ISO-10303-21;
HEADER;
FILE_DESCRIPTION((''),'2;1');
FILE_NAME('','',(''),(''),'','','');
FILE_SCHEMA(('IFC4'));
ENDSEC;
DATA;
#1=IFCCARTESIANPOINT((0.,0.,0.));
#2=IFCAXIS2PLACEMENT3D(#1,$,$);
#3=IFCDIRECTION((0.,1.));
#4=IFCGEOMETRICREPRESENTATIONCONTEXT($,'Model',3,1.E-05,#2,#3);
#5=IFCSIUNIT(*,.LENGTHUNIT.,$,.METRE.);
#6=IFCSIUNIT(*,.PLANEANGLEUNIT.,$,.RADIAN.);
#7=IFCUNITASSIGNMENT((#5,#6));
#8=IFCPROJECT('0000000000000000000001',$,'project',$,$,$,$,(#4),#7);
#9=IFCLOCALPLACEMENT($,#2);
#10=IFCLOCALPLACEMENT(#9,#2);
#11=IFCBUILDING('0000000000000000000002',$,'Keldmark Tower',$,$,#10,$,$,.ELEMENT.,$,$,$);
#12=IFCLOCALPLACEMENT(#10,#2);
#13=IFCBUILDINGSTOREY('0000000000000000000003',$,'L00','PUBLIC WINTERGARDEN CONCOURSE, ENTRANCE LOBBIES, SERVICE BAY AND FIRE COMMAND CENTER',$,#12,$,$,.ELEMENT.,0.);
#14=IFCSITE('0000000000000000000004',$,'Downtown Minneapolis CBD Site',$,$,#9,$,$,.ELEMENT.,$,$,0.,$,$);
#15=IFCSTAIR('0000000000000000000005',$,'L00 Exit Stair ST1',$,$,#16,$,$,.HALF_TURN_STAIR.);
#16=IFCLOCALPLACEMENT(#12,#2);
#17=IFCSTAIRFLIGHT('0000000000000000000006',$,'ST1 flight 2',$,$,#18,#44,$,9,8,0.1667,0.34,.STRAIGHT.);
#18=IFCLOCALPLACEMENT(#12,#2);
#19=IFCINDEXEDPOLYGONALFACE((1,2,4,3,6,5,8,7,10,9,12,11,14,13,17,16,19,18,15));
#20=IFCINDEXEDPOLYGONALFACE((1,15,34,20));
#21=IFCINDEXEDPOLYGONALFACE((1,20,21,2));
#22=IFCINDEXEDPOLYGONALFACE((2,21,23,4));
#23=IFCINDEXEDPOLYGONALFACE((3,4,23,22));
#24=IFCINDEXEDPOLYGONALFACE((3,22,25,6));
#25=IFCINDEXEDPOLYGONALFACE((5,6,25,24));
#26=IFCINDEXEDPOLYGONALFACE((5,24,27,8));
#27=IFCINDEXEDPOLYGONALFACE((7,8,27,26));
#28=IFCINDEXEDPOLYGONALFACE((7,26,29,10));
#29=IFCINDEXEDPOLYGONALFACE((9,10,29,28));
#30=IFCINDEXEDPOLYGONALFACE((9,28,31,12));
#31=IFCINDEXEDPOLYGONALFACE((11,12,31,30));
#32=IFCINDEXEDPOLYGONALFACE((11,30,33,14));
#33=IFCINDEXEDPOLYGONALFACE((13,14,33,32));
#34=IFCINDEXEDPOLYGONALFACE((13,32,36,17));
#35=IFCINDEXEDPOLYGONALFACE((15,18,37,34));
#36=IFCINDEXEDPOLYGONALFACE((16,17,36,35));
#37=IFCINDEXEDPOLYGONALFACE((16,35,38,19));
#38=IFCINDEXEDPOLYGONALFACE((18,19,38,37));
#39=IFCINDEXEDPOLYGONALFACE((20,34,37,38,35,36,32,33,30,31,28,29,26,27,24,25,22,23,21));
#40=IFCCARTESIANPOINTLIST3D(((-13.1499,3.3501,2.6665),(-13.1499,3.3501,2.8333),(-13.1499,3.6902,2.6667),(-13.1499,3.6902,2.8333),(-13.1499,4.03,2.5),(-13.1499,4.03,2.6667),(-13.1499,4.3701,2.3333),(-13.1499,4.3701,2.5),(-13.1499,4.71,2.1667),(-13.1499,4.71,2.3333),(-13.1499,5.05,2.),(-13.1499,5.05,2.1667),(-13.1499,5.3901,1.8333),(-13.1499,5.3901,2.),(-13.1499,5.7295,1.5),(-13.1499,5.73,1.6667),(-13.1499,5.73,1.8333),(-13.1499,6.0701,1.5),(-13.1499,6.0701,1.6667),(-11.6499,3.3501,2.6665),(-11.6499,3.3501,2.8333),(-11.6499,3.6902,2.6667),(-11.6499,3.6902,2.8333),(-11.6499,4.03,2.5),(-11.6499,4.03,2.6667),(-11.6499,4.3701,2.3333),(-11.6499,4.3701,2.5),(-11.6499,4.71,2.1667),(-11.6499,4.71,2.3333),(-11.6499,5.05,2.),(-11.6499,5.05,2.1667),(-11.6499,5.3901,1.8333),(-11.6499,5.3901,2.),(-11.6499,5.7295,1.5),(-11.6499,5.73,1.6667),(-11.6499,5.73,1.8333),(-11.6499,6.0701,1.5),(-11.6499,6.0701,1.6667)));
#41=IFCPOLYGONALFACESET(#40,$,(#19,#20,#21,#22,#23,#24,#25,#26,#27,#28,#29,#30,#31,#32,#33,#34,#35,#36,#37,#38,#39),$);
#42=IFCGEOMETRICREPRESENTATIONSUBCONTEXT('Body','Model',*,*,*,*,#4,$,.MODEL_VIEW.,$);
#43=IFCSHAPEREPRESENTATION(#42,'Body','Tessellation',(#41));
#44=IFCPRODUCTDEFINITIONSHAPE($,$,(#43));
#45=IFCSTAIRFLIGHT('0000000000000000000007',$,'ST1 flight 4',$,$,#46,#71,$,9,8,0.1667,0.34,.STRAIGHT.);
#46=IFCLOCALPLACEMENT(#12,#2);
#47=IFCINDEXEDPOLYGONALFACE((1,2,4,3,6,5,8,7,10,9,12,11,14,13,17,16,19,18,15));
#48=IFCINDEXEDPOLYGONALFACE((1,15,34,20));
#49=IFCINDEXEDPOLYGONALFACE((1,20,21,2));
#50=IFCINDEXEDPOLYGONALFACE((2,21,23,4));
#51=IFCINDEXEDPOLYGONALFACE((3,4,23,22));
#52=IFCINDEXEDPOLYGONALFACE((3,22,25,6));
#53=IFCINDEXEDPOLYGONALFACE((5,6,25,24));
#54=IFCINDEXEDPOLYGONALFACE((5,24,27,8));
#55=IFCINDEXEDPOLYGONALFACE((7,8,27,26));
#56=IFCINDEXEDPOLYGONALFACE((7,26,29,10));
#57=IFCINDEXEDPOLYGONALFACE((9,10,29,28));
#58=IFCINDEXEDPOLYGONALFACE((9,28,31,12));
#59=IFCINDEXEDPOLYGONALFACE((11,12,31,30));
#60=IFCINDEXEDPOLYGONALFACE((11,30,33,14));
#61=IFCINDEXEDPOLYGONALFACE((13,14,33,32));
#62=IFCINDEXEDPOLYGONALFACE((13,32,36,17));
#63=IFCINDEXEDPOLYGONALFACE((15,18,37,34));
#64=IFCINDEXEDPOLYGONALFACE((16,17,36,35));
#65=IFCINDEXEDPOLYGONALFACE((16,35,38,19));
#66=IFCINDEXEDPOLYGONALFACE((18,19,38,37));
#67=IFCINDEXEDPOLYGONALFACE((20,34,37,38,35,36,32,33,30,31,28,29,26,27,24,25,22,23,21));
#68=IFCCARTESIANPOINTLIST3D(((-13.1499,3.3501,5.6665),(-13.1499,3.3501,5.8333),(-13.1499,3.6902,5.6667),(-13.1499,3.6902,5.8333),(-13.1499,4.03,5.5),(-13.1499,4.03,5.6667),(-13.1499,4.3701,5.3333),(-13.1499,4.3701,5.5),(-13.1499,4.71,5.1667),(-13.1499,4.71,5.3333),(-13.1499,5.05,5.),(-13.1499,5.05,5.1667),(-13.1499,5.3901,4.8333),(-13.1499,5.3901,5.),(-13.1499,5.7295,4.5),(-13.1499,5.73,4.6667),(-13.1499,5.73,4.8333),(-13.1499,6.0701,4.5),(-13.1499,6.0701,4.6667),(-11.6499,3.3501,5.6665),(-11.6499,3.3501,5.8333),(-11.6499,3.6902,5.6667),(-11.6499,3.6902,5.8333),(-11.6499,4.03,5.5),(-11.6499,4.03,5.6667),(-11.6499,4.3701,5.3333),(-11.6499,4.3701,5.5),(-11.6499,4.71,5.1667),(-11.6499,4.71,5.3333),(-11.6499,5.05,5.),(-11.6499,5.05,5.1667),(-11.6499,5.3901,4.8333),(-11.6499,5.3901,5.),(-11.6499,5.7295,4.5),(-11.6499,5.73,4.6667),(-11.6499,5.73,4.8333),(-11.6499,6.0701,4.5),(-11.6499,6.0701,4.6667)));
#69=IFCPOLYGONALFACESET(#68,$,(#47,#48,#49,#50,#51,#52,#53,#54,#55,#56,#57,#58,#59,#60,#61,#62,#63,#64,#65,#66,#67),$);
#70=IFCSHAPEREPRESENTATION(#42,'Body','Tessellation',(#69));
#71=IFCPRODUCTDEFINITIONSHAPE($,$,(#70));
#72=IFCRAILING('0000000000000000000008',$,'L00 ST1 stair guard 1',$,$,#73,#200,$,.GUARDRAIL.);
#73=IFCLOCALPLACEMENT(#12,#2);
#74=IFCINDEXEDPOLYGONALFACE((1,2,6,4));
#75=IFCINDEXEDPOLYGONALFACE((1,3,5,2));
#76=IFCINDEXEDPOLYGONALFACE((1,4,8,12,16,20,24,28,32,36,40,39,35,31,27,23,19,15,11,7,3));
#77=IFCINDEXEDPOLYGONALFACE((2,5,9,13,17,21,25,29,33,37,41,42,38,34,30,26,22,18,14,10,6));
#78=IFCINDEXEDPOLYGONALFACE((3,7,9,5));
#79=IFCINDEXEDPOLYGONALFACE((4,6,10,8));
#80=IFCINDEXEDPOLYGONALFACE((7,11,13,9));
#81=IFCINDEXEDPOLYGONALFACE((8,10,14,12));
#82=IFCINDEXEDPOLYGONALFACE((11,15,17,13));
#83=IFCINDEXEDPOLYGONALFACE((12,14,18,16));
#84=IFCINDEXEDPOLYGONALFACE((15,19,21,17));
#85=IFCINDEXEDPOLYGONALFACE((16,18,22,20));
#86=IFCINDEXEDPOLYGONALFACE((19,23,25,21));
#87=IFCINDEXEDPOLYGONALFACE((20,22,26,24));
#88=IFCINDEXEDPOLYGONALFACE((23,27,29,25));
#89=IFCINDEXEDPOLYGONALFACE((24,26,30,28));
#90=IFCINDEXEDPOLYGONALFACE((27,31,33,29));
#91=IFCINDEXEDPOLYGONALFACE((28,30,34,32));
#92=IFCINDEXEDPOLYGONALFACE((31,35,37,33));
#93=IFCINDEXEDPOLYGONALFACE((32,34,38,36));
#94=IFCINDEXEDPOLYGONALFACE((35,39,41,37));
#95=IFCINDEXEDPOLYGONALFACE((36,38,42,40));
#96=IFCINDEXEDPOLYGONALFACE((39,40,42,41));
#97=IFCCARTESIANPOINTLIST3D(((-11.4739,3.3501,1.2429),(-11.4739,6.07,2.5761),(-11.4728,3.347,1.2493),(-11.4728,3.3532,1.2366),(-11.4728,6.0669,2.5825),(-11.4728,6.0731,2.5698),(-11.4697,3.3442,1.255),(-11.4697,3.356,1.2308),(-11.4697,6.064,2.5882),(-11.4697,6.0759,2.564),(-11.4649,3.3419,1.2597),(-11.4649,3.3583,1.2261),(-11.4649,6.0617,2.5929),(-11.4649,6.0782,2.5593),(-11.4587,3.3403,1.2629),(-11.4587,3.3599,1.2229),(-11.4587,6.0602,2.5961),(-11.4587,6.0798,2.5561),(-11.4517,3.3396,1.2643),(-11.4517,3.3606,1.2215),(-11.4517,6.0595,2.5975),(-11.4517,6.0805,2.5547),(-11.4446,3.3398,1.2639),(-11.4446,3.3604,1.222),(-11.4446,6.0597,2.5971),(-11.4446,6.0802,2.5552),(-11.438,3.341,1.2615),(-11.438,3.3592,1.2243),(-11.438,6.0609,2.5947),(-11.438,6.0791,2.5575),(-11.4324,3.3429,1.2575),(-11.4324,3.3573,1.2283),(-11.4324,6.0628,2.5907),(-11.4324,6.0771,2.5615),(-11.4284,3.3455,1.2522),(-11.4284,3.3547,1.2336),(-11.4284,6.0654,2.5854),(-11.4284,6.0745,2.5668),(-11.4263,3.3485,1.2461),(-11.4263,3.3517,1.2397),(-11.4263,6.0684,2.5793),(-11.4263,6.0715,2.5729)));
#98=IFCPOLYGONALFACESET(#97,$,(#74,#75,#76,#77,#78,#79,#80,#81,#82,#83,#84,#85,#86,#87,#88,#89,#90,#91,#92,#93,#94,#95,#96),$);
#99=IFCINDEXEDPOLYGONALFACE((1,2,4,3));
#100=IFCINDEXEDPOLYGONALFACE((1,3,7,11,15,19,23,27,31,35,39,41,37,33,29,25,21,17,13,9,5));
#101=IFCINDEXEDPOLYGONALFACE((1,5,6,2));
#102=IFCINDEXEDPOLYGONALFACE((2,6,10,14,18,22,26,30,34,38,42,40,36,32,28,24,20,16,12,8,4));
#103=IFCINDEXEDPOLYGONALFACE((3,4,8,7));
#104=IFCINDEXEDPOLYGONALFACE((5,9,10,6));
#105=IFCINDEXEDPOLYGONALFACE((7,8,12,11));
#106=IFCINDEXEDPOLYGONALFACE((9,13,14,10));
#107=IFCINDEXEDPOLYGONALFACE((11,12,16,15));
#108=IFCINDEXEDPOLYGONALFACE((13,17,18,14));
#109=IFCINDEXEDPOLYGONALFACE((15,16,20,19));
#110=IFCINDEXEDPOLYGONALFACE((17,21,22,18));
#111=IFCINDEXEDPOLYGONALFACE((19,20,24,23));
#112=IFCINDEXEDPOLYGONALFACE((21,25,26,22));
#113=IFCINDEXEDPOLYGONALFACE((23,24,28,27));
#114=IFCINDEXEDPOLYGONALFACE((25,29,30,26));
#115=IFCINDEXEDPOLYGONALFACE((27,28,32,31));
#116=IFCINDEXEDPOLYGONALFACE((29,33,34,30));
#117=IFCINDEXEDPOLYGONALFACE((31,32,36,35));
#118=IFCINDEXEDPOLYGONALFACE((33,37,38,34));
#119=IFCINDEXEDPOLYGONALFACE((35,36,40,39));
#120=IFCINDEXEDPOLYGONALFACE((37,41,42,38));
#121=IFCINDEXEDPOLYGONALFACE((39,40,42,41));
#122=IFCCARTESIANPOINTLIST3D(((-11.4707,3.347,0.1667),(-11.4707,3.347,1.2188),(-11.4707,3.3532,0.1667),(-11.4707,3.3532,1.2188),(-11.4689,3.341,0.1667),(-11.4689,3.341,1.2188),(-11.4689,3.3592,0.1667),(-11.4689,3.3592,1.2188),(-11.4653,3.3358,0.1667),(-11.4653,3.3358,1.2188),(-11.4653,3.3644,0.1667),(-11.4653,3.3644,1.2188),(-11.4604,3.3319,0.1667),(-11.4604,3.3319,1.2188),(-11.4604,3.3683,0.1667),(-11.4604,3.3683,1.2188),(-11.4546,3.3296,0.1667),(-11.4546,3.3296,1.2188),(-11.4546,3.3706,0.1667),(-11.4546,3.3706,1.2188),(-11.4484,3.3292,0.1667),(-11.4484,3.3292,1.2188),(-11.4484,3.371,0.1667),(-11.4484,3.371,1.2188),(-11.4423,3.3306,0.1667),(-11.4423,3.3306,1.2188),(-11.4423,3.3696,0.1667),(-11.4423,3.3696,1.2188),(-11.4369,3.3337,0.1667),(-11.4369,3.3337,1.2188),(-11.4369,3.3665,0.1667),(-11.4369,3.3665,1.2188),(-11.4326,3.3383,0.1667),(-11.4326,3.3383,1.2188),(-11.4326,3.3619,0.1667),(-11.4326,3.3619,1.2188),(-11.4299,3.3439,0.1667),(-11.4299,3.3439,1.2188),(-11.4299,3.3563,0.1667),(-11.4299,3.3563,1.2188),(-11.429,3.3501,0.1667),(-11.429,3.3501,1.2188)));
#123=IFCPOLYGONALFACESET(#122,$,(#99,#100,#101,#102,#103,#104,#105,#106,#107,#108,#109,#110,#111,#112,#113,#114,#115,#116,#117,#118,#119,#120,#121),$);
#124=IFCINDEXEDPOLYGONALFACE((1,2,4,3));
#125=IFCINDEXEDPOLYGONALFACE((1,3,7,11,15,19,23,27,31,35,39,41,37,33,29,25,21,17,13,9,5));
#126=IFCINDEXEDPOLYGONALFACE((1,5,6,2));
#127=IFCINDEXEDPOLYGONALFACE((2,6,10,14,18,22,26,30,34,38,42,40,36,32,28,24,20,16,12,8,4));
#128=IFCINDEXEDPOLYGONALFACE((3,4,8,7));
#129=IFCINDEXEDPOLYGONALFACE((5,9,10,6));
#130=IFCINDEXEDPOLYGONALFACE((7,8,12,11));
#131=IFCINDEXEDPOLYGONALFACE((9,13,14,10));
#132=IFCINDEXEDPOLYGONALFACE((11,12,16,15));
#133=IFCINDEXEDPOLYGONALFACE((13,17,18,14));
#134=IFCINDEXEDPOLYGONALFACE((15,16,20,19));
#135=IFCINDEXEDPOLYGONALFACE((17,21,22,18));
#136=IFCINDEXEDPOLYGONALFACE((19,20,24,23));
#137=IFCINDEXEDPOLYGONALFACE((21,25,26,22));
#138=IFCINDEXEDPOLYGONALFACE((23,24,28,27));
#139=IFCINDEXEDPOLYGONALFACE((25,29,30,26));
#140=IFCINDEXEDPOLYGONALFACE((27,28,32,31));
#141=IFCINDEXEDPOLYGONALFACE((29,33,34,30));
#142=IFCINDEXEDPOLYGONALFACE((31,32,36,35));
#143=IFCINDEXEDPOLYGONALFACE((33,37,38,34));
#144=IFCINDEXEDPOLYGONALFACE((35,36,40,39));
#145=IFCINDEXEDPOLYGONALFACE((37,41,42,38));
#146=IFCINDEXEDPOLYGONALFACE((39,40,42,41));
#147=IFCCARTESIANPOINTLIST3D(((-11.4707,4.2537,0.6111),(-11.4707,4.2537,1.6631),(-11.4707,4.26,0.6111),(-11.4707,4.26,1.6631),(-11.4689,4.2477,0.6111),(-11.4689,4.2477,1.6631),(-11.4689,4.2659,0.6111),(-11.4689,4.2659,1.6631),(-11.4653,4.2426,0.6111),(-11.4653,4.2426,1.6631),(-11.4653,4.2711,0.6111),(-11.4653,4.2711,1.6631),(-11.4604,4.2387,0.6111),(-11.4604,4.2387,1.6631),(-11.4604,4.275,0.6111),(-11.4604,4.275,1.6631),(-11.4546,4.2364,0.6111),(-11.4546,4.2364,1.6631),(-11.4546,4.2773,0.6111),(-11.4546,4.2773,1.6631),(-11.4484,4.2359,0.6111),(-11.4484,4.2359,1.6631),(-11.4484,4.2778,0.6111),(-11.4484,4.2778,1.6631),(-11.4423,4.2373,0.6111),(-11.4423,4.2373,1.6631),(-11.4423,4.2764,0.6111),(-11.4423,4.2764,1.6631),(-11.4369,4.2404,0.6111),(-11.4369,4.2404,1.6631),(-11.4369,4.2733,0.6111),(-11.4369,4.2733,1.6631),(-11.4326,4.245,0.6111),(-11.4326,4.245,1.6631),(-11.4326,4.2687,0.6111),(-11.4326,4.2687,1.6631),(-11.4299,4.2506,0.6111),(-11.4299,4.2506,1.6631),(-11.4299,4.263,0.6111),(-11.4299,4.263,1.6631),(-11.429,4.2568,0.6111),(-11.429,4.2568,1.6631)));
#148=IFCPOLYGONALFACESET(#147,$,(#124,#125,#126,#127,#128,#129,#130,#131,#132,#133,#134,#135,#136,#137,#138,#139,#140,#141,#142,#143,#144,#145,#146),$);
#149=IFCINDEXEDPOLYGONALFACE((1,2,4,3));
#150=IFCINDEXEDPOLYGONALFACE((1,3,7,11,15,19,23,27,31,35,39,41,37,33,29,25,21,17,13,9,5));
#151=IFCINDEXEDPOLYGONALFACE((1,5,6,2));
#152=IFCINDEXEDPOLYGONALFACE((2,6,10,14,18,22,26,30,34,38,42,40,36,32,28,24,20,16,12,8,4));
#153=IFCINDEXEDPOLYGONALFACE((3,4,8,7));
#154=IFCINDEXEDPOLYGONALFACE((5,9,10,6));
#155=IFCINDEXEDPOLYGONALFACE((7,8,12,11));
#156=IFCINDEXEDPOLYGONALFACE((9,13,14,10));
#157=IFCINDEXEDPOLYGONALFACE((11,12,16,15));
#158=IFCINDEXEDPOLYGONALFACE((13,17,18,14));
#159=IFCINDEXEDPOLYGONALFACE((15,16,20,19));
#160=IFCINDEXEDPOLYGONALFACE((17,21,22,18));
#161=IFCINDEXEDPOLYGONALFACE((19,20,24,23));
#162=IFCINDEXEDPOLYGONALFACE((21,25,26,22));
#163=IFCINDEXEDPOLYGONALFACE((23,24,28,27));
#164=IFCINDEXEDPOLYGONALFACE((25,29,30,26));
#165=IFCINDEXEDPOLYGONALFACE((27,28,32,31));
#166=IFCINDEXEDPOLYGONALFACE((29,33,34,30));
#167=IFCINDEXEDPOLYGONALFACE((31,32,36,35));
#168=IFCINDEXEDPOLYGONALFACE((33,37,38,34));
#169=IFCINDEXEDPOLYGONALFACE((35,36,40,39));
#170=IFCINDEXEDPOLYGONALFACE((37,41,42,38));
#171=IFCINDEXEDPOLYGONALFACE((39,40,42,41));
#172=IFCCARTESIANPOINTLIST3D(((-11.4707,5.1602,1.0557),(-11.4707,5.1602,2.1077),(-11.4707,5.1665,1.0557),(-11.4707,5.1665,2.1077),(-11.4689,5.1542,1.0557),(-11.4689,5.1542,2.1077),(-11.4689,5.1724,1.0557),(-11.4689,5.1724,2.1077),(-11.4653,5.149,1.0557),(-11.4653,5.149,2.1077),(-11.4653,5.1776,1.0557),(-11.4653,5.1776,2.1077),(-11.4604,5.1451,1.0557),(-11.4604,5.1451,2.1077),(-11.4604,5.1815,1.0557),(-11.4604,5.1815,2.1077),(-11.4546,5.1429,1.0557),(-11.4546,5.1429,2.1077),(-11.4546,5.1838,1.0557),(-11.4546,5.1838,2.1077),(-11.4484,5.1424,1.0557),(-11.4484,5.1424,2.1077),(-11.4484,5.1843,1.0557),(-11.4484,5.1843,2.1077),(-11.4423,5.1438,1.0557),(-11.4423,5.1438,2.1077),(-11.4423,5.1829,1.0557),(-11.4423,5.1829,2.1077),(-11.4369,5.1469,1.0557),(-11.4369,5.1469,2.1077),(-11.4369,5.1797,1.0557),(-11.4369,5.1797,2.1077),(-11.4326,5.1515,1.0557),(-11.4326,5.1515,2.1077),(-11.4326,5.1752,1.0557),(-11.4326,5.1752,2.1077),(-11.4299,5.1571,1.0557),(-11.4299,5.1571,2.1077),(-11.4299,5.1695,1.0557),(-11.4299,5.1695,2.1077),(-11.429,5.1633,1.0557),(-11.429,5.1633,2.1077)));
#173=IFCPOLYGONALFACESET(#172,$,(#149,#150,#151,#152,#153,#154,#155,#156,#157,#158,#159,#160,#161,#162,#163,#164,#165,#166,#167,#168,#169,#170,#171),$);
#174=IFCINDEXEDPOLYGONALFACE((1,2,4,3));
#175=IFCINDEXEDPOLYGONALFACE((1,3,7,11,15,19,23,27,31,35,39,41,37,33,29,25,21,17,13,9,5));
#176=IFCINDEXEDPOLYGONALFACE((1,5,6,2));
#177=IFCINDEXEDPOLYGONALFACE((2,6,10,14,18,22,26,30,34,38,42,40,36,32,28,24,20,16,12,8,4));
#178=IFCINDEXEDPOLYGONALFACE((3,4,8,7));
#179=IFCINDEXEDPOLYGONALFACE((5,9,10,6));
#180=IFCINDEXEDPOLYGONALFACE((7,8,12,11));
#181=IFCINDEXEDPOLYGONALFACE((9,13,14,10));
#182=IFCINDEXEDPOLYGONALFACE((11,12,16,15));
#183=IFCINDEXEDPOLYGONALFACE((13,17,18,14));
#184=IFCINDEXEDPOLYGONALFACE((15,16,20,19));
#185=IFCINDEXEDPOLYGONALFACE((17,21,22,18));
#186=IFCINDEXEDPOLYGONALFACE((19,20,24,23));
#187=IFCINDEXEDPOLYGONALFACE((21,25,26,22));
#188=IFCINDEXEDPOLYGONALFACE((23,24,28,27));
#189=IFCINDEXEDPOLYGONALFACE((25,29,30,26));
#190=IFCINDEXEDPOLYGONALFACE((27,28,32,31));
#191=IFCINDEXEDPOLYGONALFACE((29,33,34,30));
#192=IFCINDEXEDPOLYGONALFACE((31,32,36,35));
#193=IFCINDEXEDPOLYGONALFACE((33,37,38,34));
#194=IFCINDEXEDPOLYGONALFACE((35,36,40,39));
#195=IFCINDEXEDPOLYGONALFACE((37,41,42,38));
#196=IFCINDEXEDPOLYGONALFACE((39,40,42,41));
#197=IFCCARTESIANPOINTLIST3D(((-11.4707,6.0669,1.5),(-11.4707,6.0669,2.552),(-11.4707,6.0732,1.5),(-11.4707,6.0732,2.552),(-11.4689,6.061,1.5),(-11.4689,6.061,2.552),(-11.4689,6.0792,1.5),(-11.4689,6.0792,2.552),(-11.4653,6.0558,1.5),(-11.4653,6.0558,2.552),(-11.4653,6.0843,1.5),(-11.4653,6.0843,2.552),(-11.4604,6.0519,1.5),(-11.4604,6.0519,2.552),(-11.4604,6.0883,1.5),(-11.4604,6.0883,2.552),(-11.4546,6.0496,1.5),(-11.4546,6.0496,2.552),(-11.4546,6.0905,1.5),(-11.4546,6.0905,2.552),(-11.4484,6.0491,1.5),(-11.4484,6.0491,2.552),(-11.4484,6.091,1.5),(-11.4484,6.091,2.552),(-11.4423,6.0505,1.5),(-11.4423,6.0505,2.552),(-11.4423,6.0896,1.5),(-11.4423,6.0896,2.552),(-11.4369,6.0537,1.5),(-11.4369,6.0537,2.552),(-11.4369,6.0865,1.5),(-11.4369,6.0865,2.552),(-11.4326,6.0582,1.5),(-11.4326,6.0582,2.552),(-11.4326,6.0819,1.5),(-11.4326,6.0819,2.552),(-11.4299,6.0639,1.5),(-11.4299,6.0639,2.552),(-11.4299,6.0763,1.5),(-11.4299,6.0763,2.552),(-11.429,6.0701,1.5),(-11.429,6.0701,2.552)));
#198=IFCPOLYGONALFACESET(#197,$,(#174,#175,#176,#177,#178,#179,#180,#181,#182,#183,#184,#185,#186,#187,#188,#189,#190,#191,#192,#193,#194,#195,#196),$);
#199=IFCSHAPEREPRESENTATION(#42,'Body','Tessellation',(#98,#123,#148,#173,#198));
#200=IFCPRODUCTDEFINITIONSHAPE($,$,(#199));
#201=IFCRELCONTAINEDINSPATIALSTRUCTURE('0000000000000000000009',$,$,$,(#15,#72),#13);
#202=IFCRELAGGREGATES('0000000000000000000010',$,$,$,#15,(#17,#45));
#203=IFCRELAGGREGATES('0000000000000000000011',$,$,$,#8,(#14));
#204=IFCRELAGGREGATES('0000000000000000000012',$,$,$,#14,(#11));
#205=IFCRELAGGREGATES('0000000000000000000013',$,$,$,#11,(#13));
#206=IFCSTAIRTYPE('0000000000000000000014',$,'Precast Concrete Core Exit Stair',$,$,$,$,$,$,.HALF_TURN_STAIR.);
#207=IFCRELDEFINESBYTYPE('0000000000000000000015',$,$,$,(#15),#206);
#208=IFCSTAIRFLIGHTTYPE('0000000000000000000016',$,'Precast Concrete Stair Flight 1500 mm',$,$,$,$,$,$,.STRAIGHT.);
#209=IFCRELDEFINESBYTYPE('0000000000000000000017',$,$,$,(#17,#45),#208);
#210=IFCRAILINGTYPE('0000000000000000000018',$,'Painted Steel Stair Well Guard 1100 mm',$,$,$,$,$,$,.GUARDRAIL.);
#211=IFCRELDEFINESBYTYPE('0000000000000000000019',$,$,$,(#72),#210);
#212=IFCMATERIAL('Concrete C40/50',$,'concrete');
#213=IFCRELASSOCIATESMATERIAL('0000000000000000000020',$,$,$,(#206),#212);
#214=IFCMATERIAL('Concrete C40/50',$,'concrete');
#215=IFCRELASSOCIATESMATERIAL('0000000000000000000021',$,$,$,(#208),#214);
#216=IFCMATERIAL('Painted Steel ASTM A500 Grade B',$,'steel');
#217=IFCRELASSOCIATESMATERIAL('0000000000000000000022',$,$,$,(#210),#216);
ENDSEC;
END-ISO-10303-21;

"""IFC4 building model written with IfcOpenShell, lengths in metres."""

from ifc_helpers import new_model, si_unit, direction, frame, origin, origin_2d, place, context, subcontext, project, spatial, polyline, circle, outline, extrude, material, type_object, element, aggregate, save


model = new_model("IFC4")

# Units and contexts
model_context = context("Model", 3, precision=1e-05, world=origin(), true_north=direction((0.0, 1.0)))
body_context = subcontext(model_context, "Body", "Model", "MODEL_VIEW")
ifc_project = project(units=[si_unit("LENGTHUNIT", "METRE"), si_unit("PLANEANGLEUNIT", "RADIAN")], contexts=[model_context])

# Site, building, storey
site_placement = place(None, origin())
site = spatial("IfcSite", under=ifc_project, at=site_placement, Name="Downtown Minneapolis CBD Site", CompositionType="ELEMENT", RefElevation=0.0)
building_placement = place(site_placement, origin())
building = spatial("IfcBuilding", under=site, at=building_placement, Name="Keldmark Tower", CompositionType="ELEMENT")
storey_placement = place(building_placement, origin())
storey = spatial("IfcBuildingStorey", under=building, at=storey_placement, Name="L00", Description="PUBLIC WINTERGARDEN CONCOURSE, ENTRANCE LOBBIES, SERVICE BAY AND FIRE COMMAND CENTER", CompositionType="ELEMENT", Elevation=0.0)

# Stair, stair flights
ifc_material_1 = material(Name="Concrete C40/50", Category="concrete")
stair_type = type_object("IfcStairType", Name="Precast Concrete Core Exit Stair", PredefinedType="HALF_TURN_STAIR", material=ifc_material_1)
stair_placement = place(storey_placement, origin())
stair = element("IfcStair", 1, at=stair_placement, inside=storey, type_object=stair_type, Name="L00 Exit Stair ST1", PredefinedType="HALF_TURN_STAIR")
ifc_material_2 = material(Name="Concrete C40/50", Category="concrete")
stair_flight_type = type_object("IfcStairFlightType", Name="Precast Concrete Stair Flight 1500 mm", PredefinedType="STRAIGHT", material=ifc_material_2)
stair_flight_1_placement = place(storey_placement, frame((-12.3999, 6.0701, 1.5), z_axis=(0.0, 0.0, 1.0), x_axis=(0.0, -1.0, 0.0)))
stair_flight_1 = element("IfcStairFlight", 2, at=stair_flight_1_placement, type_object=stair_flight_type, Name="ST1 flight 2", NumberOfRisers=9, NumberOfTreads=8, PredefinedType="STRAIGHT", RiserHeight=0.1667, TreadLength=0.34, context=body_context, shape_type="SweptSolid", body=[
    extrude(outline(polyline([(0.0, 0.0), (0.0, 0.1667), (0.3401, 0.1667), (0.3401, 0.3333), (0.6799, 0.3333), (0.6799, 0.5), (1.02, 0.5), (1.02, 0.6667), (1.3601, 0.6667), (1.3601, 0.8333), (1.7, 0.8333), (1.7, 1.0), (2.04, 1.0), (2.04, 1.1667), (2.3799, 1.1667), (2.3799, 1.3333), (2.72, 1.3333), (2.72, 1.5), (2.72, 1.1665), (0.3406, 0.0), (0.0, 0.0)])), frame((0.0, 0.75, 0.0), z_axis=(0.0, -1.0, 0.0), x_axis=(1.0, 0.0, 0.0)), (0.0, 0.0, 1.0), 1.5),
])
stair_flight_2_placement = place(storey_placement, frame((-12.3999, 6.0701, 4.5), z_axis=(0.0, 0.0, 1.0), x_axis=(0.0, -1.0, 0.0)))
stair_flight_2 = element("IfcStairFlight", 3, at=stair_flight_2_placement, type_object=stair_flight_type, Name="ST1 flight 4", NumberOfRisers=9, NumberOfTreads=8, PredefinedType="STRAIGHT", RiserHeight=0.1667, TreadLength=0.34, context=body_context, shape_type="SweptSolid", body=[
    extrude(outline(polyline([(0.0, 0.0), (0.0, 0.1667), (0.3401, 0.1667), (0.3401, 0.3333), (0.6799, 0.3333), (0.6799, 0.5), (1.02, 0.5), (1.02, 0.6667), (1.3601, 0.6667), (1.3601, 0.8333), (1.7, 0.8333), (1.7, 1.0), (2.04, 1.0), (2.04, 1.1667), (2.3799, 1.1667), (2.3799, 1.3333), (2.72, 1.3333), (2.72, 1.5), (2.72, 1.1665), (0.3406, 0.0), (0.0, 0.0)])), frame((0.0, 0.75, 0.0), z_axis=(0.0, -1.0, 0.0), x_axis=(1.0, 0.0, 0.0)), (0.0, 0.0, 1.0), 1.5),
])
aggregate(stair, [stair_flight_1, stair_flight_2])

# Railing
ifc_material_3 = material(Name="Painted Steel ASTM A500 Grade B", Category="steel")
railing_type_1 = type_object("IfcRailingType", Name="Painted Steel Stair Well Guard 1100 mm", PredefinedType="GUARDRAIL", material=ifc_material_3)
railing_1_placement = place(storey_placement, frame((-11.45, 3.3501, 0.1667)))
element("IfcRailing", 4, at=railing_1_placement, inside=storey, type_object=railing_type_1, Name="L00 ST1 stair guard 1", PredefinedType="GUARDRAIL", context=body_context, shape_type="SweptSolid", body=[
    extrude(circle(Radius=0.0239, at=origin_2d()), frame((0.0, 0.0, 1.0762), z_axis=(0.0, 0.897929, 0.440139), x_axis=(-1.0, 0.0, 0.0)), (0.0, 0.0, 1.0), 3.0291),
    extrude(circle(Radius=0.021, at=origin_2d()), origin(), (0.0, 0.0, 1.0), 1.052),
    extrude(circle(Radius=0.021, at=origin_2d()), frame((0.0, 0.9067, 0.4443)), (0.0, 0.0, 1.0), 1.052),
    extrude(circle(Radius=0.021, at=origin_2d()), frame((0.0, 1.8132, 0.8889)), (0.0, 0.0, 1.0), 1.052),
    extrude(circle(Radius=0.021, at=origin_2d()), frame((0.0, 2.72, 1.3333)), (0.0, 0.0, 1.0), 1.052),
])

save(model, "model.ifc")
